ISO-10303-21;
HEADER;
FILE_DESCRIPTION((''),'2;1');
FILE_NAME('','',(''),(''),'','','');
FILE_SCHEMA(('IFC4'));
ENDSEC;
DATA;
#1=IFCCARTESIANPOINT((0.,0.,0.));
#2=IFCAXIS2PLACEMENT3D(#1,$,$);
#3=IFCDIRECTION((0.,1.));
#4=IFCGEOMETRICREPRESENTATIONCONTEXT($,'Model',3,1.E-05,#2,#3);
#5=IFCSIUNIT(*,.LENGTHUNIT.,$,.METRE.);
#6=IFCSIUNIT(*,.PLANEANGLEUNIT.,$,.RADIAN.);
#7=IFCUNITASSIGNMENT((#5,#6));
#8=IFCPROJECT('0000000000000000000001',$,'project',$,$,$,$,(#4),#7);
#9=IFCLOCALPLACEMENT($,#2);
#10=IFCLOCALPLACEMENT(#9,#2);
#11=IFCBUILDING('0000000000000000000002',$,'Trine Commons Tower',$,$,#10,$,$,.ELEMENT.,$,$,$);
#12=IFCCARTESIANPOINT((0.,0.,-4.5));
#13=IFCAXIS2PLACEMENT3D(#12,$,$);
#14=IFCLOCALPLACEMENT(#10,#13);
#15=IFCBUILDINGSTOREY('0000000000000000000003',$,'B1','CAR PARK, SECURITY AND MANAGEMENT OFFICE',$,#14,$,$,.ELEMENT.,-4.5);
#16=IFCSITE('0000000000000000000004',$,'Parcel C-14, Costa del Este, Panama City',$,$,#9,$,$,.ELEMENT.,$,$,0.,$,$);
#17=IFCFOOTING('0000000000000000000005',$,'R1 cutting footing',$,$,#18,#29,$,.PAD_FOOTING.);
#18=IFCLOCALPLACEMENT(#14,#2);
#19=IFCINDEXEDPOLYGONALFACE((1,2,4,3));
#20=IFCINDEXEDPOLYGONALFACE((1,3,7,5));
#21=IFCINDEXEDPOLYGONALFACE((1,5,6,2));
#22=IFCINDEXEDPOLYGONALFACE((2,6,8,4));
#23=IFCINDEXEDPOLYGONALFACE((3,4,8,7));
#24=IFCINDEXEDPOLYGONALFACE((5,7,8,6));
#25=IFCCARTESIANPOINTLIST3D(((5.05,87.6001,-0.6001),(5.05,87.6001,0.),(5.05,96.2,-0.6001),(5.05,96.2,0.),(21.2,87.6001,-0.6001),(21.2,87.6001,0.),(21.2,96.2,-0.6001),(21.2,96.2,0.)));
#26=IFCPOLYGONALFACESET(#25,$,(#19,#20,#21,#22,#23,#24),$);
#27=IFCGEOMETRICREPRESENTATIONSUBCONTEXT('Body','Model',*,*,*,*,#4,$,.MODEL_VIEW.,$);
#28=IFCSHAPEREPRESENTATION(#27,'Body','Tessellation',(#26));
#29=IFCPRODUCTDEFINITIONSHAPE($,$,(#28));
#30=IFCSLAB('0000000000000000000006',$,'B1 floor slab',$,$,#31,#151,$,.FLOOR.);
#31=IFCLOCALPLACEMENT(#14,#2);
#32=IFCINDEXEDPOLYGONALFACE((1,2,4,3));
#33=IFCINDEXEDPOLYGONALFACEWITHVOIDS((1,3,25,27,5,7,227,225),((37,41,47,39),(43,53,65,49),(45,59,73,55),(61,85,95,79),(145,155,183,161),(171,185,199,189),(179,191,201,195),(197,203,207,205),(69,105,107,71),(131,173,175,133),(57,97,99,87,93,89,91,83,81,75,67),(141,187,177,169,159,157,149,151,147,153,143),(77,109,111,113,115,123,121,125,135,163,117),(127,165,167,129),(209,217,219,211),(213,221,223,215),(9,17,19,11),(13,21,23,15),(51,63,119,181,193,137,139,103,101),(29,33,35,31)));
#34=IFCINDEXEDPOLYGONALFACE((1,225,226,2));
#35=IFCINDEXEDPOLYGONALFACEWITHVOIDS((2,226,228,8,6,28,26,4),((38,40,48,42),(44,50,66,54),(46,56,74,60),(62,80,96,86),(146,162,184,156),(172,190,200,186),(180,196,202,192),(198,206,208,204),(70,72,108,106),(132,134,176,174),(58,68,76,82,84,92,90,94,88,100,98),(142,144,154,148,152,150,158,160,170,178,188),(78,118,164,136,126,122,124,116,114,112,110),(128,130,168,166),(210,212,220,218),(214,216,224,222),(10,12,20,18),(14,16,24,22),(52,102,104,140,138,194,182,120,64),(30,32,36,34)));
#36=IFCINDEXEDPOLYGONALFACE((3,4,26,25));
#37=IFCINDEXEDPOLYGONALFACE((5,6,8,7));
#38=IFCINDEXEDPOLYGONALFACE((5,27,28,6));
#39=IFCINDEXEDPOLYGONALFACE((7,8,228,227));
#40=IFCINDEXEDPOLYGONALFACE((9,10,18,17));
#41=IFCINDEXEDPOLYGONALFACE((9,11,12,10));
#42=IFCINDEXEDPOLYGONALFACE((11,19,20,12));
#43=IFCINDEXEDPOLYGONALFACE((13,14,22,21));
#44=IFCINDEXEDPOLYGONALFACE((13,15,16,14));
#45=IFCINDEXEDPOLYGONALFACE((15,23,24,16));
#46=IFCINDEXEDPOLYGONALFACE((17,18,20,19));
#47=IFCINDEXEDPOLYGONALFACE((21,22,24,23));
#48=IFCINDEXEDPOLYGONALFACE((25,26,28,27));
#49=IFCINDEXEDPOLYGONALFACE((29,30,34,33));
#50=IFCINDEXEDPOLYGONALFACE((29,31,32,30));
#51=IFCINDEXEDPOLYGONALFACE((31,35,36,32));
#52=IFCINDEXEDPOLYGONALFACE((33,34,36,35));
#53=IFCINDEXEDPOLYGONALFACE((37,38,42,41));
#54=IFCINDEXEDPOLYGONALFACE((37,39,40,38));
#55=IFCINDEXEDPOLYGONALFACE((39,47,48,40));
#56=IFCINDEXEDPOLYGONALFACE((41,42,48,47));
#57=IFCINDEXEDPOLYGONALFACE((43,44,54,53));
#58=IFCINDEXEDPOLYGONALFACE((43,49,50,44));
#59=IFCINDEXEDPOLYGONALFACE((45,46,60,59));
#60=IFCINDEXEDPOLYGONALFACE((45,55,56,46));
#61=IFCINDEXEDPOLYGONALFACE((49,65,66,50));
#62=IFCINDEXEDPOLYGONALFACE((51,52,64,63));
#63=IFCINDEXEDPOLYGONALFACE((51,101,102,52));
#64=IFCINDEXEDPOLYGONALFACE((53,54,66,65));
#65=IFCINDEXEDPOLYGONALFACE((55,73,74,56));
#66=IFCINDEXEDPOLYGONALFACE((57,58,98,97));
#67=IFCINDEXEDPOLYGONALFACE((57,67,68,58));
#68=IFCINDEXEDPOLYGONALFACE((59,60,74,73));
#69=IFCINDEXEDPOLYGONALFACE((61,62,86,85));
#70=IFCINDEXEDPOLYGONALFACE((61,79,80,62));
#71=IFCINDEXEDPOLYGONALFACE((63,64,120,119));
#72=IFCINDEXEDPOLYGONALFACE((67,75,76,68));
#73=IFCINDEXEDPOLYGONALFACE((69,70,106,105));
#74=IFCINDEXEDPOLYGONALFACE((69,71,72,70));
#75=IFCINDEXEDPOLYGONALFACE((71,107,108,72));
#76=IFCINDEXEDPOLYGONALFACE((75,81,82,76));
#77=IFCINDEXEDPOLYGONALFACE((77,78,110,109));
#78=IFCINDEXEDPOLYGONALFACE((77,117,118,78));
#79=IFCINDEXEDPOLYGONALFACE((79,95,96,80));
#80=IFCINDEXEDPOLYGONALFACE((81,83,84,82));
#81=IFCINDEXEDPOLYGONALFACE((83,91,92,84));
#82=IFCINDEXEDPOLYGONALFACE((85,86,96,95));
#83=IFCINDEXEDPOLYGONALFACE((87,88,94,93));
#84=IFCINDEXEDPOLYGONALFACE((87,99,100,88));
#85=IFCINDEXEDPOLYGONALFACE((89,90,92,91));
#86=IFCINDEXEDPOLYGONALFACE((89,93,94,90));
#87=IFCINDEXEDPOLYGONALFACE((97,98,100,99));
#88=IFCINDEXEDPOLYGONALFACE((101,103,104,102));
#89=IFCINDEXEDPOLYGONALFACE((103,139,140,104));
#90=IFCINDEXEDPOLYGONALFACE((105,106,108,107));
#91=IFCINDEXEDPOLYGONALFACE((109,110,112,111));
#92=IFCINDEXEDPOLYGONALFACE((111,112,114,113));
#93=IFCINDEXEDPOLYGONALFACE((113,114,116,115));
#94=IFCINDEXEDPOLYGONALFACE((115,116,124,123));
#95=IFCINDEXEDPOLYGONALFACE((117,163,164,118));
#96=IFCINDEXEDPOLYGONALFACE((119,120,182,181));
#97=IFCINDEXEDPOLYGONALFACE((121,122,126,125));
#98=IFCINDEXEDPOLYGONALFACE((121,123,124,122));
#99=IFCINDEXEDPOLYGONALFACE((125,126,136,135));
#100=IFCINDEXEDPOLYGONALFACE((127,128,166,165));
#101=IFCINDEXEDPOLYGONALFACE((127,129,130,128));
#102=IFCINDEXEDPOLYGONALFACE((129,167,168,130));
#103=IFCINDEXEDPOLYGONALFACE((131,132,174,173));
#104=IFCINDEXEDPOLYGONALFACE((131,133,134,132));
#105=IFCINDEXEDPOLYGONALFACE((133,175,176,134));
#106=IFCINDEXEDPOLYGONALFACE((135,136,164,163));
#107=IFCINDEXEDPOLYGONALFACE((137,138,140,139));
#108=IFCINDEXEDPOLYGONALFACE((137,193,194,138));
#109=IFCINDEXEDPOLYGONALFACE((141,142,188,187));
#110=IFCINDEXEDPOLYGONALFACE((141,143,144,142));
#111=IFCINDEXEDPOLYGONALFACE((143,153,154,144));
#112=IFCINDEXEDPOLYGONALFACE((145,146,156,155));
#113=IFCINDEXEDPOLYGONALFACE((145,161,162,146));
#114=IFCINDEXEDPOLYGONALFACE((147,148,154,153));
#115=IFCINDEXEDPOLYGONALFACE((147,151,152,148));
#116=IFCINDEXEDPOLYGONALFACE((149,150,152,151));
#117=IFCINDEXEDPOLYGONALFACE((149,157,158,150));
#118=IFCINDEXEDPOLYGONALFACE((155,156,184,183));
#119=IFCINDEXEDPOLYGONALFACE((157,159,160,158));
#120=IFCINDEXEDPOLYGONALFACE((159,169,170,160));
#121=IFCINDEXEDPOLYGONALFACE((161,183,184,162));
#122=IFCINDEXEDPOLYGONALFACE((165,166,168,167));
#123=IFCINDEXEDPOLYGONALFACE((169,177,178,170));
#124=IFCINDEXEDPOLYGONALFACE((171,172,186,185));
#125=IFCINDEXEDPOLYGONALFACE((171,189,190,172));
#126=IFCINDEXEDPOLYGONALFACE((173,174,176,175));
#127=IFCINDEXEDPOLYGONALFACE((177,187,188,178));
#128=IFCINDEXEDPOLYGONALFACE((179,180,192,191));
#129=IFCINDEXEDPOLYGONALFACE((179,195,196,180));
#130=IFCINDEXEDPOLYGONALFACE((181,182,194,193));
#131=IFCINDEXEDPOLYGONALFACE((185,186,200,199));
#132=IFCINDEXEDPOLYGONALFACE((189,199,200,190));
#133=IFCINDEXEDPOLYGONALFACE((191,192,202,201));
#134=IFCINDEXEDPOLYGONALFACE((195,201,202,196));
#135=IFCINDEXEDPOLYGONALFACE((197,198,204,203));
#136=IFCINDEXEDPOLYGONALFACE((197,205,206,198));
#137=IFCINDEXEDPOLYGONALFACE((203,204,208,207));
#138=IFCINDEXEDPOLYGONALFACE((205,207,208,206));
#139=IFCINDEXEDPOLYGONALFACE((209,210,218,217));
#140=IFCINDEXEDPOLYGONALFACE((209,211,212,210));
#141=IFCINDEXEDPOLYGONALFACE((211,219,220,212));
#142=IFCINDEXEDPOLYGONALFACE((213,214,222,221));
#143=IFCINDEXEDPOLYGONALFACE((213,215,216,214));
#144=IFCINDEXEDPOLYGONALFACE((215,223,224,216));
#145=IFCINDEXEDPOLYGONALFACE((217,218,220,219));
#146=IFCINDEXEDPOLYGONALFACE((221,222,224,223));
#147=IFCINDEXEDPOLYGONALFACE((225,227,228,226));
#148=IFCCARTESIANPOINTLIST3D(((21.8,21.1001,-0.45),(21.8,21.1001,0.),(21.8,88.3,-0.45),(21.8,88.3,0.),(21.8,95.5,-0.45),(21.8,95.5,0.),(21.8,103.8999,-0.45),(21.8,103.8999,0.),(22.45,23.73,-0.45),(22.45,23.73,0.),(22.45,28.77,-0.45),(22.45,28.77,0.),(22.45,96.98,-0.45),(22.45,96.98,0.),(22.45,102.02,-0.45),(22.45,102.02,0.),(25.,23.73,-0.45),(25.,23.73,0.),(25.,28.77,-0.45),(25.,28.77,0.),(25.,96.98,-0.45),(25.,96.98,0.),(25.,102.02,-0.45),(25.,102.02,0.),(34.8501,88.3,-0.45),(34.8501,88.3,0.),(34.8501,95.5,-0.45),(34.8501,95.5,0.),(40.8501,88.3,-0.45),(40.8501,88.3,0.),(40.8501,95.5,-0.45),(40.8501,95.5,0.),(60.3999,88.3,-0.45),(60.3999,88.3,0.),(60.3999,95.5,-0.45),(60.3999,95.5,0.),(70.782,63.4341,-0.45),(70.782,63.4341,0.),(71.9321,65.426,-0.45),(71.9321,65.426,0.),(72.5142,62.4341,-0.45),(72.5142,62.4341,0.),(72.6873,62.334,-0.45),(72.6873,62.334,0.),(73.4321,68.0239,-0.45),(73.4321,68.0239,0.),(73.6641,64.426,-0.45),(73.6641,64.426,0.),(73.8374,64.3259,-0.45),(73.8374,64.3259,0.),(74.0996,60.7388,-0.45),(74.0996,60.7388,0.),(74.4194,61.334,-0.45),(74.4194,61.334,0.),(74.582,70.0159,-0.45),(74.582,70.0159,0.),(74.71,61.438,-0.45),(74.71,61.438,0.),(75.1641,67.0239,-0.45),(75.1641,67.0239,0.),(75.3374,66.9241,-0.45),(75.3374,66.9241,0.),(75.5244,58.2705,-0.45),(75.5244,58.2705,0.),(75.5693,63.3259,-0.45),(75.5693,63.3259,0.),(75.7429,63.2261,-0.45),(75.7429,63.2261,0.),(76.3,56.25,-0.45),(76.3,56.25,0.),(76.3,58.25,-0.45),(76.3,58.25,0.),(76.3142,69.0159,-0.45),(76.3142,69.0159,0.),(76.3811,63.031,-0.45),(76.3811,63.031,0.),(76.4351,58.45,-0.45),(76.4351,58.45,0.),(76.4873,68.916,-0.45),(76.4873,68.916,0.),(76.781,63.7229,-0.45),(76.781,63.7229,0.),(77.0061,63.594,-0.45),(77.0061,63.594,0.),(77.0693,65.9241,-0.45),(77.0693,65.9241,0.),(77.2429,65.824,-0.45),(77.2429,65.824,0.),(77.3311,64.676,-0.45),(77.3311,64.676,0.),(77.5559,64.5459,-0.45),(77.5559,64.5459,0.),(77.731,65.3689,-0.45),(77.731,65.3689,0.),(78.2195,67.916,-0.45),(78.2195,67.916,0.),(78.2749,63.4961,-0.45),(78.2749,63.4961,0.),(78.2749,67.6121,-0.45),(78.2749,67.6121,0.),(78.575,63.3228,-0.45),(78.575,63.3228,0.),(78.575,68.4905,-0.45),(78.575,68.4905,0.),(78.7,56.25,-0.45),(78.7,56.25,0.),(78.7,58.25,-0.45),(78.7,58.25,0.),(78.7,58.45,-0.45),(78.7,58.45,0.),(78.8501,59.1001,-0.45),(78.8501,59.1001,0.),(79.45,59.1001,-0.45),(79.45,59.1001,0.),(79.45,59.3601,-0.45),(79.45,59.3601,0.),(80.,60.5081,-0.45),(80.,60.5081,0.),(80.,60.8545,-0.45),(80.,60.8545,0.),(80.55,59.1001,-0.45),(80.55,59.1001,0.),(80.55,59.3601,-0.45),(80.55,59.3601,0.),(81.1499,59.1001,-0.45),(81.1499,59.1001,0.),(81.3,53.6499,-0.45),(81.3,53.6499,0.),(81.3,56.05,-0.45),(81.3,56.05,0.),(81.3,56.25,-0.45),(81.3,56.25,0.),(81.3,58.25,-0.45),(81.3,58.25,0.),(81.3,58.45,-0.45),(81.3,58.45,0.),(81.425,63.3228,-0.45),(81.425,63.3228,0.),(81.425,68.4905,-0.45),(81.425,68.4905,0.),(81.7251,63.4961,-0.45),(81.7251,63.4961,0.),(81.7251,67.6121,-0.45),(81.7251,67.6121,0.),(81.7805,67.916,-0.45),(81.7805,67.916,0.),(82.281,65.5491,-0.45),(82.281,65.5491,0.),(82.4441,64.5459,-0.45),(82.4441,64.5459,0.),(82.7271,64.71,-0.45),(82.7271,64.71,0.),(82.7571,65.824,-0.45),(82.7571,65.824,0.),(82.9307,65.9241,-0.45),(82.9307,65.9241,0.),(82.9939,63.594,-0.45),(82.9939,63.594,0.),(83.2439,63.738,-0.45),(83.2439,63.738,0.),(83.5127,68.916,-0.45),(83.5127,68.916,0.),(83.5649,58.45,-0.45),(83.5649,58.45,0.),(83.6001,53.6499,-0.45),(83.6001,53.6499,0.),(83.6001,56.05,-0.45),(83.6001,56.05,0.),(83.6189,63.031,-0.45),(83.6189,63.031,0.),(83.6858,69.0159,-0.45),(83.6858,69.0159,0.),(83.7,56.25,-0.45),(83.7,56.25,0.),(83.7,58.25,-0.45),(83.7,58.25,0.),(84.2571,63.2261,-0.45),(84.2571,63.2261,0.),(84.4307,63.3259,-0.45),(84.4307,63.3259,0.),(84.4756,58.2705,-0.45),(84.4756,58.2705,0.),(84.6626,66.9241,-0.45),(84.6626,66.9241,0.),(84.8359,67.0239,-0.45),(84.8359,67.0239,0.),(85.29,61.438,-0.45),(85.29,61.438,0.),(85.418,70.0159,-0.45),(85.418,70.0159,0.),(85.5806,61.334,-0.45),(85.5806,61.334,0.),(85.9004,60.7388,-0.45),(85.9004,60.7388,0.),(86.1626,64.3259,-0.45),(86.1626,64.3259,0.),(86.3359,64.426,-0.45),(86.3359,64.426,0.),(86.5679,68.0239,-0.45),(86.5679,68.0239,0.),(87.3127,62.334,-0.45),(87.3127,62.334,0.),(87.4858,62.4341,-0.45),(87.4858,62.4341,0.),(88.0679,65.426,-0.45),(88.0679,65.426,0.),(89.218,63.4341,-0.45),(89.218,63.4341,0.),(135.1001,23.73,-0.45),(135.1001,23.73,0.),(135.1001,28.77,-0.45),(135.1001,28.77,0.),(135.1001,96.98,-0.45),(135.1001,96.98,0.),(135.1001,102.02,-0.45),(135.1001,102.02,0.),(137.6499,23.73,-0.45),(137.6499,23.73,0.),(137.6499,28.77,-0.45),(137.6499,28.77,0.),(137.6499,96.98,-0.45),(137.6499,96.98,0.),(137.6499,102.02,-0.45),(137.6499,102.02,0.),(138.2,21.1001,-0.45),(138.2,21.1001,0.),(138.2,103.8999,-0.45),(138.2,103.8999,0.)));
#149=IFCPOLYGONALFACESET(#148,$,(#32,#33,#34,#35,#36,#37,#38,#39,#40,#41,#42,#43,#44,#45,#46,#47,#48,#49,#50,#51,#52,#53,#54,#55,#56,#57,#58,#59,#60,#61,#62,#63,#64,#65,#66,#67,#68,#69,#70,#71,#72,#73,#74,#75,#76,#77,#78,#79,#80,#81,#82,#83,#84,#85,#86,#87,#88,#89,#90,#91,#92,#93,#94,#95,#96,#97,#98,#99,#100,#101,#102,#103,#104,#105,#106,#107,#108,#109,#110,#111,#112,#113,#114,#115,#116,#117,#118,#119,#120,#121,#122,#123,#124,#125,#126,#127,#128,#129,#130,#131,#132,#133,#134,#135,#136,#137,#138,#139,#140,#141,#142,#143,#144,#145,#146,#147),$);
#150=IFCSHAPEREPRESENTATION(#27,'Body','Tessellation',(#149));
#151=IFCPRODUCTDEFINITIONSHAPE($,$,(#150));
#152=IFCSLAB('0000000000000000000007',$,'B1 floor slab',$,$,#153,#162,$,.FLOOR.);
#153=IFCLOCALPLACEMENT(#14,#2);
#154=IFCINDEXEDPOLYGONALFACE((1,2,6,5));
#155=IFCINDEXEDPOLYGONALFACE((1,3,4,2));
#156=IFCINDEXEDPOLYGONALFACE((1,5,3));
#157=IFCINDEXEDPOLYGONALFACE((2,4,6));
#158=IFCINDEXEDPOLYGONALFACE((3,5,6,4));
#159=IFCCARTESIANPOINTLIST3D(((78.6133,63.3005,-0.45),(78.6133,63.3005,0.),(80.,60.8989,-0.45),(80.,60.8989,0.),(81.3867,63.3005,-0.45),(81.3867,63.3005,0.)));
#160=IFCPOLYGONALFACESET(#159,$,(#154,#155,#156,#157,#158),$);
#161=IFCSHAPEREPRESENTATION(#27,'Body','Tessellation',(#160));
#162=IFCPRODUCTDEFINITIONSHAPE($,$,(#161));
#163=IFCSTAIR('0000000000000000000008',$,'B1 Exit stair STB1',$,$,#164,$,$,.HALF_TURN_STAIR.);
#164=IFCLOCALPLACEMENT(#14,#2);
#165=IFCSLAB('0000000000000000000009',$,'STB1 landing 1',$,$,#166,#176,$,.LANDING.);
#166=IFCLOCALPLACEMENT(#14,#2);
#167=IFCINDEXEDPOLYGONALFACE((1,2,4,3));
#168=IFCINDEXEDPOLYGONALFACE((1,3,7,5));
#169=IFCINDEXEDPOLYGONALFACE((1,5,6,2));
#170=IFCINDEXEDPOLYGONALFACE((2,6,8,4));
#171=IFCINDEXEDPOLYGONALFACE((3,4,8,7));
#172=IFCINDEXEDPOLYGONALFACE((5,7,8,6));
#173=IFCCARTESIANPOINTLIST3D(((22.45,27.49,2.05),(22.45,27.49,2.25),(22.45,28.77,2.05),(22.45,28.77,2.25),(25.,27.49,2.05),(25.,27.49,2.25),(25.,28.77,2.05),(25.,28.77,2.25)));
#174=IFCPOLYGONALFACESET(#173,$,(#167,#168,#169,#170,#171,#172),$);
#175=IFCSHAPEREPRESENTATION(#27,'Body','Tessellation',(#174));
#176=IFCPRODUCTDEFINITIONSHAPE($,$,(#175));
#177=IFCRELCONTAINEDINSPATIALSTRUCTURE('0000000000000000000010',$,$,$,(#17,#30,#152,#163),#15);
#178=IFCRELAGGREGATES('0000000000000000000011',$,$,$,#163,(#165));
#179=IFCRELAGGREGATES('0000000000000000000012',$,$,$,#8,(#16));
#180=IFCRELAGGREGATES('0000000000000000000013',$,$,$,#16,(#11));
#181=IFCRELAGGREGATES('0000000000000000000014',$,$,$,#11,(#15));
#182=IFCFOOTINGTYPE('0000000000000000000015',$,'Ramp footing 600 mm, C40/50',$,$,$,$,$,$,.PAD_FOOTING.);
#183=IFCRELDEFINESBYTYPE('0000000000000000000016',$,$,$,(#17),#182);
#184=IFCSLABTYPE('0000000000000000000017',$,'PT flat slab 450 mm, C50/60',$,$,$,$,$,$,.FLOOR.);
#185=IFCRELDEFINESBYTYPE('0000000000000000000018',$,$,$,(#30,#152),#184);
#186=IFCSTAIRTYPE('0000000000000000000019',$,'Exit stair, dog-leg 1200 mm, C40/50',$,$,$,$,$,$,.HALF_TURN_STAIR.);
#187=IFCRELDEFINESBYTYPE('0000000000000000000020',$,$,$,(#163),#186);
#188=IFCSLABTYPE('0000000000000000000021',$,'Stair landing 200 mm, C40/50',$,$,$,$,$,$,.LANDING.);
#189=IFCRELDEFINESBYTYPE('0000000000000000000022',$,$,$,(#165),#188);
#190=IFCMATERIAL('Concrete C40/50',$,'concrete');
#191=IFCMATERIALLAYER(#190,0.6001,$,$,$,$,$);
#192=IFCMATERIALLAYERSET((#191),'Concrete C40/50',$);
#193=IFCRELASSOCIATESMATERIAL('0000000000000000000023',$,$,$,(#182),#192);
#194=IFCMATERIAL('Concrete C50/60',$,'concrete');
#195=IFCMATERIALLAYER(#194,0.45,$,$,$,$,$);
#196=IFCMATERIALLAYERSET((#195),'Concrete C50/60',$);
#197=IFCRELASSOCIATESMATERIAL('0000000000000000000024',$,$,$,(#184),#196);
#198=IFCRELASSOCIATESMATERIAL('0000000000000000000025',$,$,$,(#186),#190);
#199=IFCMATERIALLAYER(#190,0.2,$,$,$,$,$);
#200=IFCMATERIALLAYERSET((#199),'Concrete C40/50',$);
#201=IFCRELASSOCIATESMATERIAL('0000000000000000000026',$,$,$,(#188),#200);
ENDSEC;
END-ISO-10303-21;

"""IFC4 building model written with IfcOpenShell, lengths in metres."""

from ifc_helpers import new_model, si_unit, direction, frame, origin, place, context, subcontext, project, spatial, polyline, outline, extrude, material, layer, layer_set, type_object, element, aggregate, save


model = new_model("IFC4")

# Units and contexts
model_context = context("Model", 3, precision=1e-05, world=origin(), true_north=direction((0.0, 1.0)))
body_context = subcontext(model_context, "Body", "Model", "MODEL_VIEW")
ifc_project = project(units=[si_unit("LENGTHUNIT", "METRE"), si_unit("PLANEANGLEUNIT", "RADIAN")], contexts=[model_context])

# Site, building, storey
site_placement = place(None, origin())
site = spatial("IfcSite", under=ifc_project, at=site_placement, Name="Parcel C-14, Costa del Este, Panama City", CompositionType="ELEMENT", RefElevation=0.0)
building_placement = place(site_placement, origin())
building = spatial("IfcBuilding", under=site, at=building_placement, Name="Trine Commons Tower", CompositionType="ELEMENT")
storey_placement = place(building_placement, frame((0.0, 0.0, -4.5)))
storey = spatial("IfcBuildingStorey", under=building, at=storey_placement, Name="B1", Description="CAR PARK, SECURITY AND MANAGEMENT OFFICE", CompositionType="ELEMENT", Elevation=-4.5)

# Footing
ifc_material_1 = material(Name="Concrete C40/50", Category="concrete")
ifc_layer_1 = layer(ifc_material_1, 0.6001)
ifc_layer_set_1 = layer_set([ifc_layer_1], Name="Concrete C40/50")
footing_type = type_object("IfcFootingType", Name="Ramp footing 600 mm, C40/50", PredefinedType="PAD_FOOTING", material=ifc_layer_set_1)
footing_placement = place(storey_placement, frame((0.0, 0.0, -0.6001)))
element("IfcFooting", 1, at=footing_placement, inside=storey, type_object=footing_type, Name="R1 cutting footing", PredefinedType="PAD_FOOTING", context=body_context, shape_type="SweptSolid", body=[
    extrude(outline(polyline([(21.2, 87.6001), (21.2, 96.2), (5.05, 96.2), (5.05, 87.6001), (21.2, 87.6001)])), origin(), (0.0, 0.0, 1.0), 0.6001),
])

# Slabs
ifc_material_2 = material(Name="Concrete C50/60", Category="concrete")
ifc_layer_2 = layer(ifc_material_2, 0.45)
ifc_layer_set_2 = layer_set([ifc_layer_2], Name="Concrete C50/60")
slab_type_1 = type_object("IfcSlabType", Name="PT flat slab 450 mm, C50/60", PredefinedType="FLOOR", material=ifc_layer_set_2)
slab_1_placement = place(storey_placement, frame((0.0, 0.0, -0.45)))
element("IfcSlab", 2, at=slab_1_placement, inside=storey, type_object=slab_type_1, Name="B1 floor slab", PredefinedType="FLOOR", context=body_context, shape_type="SweptSolid", body=[
    extrude(outline(polyline([(21.8, 103.8999), (138.2, 103.8999), (138.2, 21.1001), (21.8, 21.1001), (21.8, 88.3), (34.8501, 88.3), (34.8501, 95.5), (21.8, 95.5), (21.8, 103.8999)]), holes=[polyline([(25.0, 28.77), (22.45, 28.77), (22.45, 23.73), (25.0, 23.73), (25.0, 28.77)]), polyline([(76.3, 56.25), (78.7, 56.25), (78.7, 58.25), (76.3, 58.25), (76.3, 56.25)]), polyline([(81.1499, 59.1001), (81.3, 58.45), (83.5649, 58.45), (80.0, 60.5081), (76.4351, 58.45), (78.7, 58.45), (78.8501, 59.1001), (79.45, 59.1001), (79.45, 59.3601), (80.55, 59.3601), (80.55, 59.1001), (81.1499, 59.1001)]), polyline([(75.5244, 58.2705), (80.0, 60.8545), (84.4756, 58.2705), (85.9004, 60.7388), (81.425, 63.3228), (81.425, 68.4905), (78.575, 68.4905), (78.575, 63.3228), (74.0996, 60.7388), (75.5244, 58.2705)]), polyline([(75.5693, 63.3259), (73.8374, 64.3259), (72.6873, 62.334), (74.4194, 61.334), (75.5693, 63.3259)]), polyline([(71.9321, 65.426), (70.782, 63.4341), (72.5142, 62.4341), (73.6641, 64.426), (71.9321, 65.426)]), polyline([(77.0061, 63.594), (76.781, 63.7229), (76.3811, 63.031), (75.7429, 63.2261), (74.71, 61.438), (78.2749, 63.4961), (78.2749, 67.6121), (77.2429, 65.824), (77.731, 65.3689), (77.3311, 64.676), (77.5559, 64.5459), (77.0061, 63.594)]), polyline([(78.2195, 67.916), (76.4873, 68.916), (75.3374, 66.9241), (77.0693, 65.9241), (78.2195, 67.916)]), polyline([(74.582, 70.0159), (73.4321, 68.0239), (75.1641, 67.0239), (76.3142, 69.0159), (74.582, 70.0159)]), polyline([(60.3999, 88.3), (60.3999, 95.5), (40.8501, 95.5), (40.8501, 88.3), (60.3999, 88.3)]), polyline([(22.45, 96.98), (25.0, 96.98), (25.0, 102.02), (22.45, 102.02), (22.45, 96.98)]), polyline([(137.6499, 23.73), (137.6499, 28.77), (135.1001, 28.77), (135.1001, 23.73), (137.6499, 23.73)]), polyline([(81.3, 56.05), (81.3, 53.6499), (83.6001, 53.6499), (83.6001, 56.05), (81.3, 56.05)]), polyline([(81.3, 56.25), (83.7, 56.25), (83.7, 58.25), (81.3, 58.25), (81.3, 56.25)]), polyline([(85.5806, 61.334), (87.3127, 62.334), (86.1626, 64.3259), (84.4307, 63.3259), (85.5806, 61.334)]), polyline([(89.218, 63.4341), (88.0679, 65.426), (86.3359, 64.426), (87.4858, 62.4341), (89.218, 63.4341)]), polyline([(83.6189, 63.031), (83.2439, 63.738), (82.9939, 63.594), (82.4441, 64.5459), (82.7271, 64.71), (82.281, 65.5491), (82.7571, 65.824), (81.7251, 67.6121), (81.7251, 63.4961), (85.29, 61.438), (84.2571, 63.2261), (83.6189, 63.031)]), polyline([(84.6626, 66.9241), (83.5127, 68.916), (81.7805, 67.916), (82.9307, 65.9241), (84.6626, 66.9241)]), polyline([(84.8359, 67.0239), (86.5679, 68.0239), (85.418, 70.0159), (83.6858, 69.0159), (84.8359, 67.0239)]), polyline([(135.1001, 102.02), (135.1001, 96.98), (137.6499, 96.98), (137.6499, 102.02), (135.1001, 102.02)])]), origin(), (0.0, 0.0, 1.0), 0.45),
])
slab_2_placement = place(storey_placement, frame((0.0, 0.0, -0.45)))
element("IfcSlab", 3, at=slab_2_placement, inside=storey, type_object=slab_type_1, Name="B1 floor slab", PredefinedType="FLOOR", context=body_context, shape_type="SweptSolid", body=[
    extrude(outline(polyline([(78.6133, 63.3005), (81.3867, 63.3005), (80.0, 60.8989), (78.6133, 63.3005)])), origin(), (0.0, 0.0, 1.0), 0.45),
])

# Stair, slab
stair_type_1 = type_object("IfcStairType", Name="Exit stair, dog-leg 1200 mm, C40/50", PredefinedType="HALF_TURN_STAIR", material=ifc_material_1)
stair_1_placement = place(storey_placement, origin())
stair_1 = element("IfcStair", 4, at=stair_1_placement, inside=storey, type_object=stair_type_1, Name="B1 Exit stair STB1", PredefinedType="HALF_TURN_STAIR")
ifc_layer_3 = layer(ifc_material_1, 0.2)
ifc_layer_set_3 = layer_set([ifc_layer_3], Name="Concrete C40/50")
slab_type_2 = type_object("IfcSlabType", Name="Stair landing 200 mm, C40/50", PredefinedType="LANDING", material=ifc_layer_set_3)
slab_3_placement = place(storey_placement, frame((0.0, 0.0, 2.05)))
slab_3 = element("IfcSlab", 5, at=slab_3_placement, type_object=slab_type_2, Name="STB1 landing 1", PredefinedType="LANDING", context=body_context, shape_type="SweptSolid", body=[
    extrude(outline(polyline([(25.0, 27.49), (25.0, 28.77), (22.45, 28.77), (22.45, 27.49), (25.0, 27.49)])), origin(), (0.0, 0.0, 1.0), 0.2),
])

aggregate(stair_1, [slab_3])

save(model, "model.ifc")
